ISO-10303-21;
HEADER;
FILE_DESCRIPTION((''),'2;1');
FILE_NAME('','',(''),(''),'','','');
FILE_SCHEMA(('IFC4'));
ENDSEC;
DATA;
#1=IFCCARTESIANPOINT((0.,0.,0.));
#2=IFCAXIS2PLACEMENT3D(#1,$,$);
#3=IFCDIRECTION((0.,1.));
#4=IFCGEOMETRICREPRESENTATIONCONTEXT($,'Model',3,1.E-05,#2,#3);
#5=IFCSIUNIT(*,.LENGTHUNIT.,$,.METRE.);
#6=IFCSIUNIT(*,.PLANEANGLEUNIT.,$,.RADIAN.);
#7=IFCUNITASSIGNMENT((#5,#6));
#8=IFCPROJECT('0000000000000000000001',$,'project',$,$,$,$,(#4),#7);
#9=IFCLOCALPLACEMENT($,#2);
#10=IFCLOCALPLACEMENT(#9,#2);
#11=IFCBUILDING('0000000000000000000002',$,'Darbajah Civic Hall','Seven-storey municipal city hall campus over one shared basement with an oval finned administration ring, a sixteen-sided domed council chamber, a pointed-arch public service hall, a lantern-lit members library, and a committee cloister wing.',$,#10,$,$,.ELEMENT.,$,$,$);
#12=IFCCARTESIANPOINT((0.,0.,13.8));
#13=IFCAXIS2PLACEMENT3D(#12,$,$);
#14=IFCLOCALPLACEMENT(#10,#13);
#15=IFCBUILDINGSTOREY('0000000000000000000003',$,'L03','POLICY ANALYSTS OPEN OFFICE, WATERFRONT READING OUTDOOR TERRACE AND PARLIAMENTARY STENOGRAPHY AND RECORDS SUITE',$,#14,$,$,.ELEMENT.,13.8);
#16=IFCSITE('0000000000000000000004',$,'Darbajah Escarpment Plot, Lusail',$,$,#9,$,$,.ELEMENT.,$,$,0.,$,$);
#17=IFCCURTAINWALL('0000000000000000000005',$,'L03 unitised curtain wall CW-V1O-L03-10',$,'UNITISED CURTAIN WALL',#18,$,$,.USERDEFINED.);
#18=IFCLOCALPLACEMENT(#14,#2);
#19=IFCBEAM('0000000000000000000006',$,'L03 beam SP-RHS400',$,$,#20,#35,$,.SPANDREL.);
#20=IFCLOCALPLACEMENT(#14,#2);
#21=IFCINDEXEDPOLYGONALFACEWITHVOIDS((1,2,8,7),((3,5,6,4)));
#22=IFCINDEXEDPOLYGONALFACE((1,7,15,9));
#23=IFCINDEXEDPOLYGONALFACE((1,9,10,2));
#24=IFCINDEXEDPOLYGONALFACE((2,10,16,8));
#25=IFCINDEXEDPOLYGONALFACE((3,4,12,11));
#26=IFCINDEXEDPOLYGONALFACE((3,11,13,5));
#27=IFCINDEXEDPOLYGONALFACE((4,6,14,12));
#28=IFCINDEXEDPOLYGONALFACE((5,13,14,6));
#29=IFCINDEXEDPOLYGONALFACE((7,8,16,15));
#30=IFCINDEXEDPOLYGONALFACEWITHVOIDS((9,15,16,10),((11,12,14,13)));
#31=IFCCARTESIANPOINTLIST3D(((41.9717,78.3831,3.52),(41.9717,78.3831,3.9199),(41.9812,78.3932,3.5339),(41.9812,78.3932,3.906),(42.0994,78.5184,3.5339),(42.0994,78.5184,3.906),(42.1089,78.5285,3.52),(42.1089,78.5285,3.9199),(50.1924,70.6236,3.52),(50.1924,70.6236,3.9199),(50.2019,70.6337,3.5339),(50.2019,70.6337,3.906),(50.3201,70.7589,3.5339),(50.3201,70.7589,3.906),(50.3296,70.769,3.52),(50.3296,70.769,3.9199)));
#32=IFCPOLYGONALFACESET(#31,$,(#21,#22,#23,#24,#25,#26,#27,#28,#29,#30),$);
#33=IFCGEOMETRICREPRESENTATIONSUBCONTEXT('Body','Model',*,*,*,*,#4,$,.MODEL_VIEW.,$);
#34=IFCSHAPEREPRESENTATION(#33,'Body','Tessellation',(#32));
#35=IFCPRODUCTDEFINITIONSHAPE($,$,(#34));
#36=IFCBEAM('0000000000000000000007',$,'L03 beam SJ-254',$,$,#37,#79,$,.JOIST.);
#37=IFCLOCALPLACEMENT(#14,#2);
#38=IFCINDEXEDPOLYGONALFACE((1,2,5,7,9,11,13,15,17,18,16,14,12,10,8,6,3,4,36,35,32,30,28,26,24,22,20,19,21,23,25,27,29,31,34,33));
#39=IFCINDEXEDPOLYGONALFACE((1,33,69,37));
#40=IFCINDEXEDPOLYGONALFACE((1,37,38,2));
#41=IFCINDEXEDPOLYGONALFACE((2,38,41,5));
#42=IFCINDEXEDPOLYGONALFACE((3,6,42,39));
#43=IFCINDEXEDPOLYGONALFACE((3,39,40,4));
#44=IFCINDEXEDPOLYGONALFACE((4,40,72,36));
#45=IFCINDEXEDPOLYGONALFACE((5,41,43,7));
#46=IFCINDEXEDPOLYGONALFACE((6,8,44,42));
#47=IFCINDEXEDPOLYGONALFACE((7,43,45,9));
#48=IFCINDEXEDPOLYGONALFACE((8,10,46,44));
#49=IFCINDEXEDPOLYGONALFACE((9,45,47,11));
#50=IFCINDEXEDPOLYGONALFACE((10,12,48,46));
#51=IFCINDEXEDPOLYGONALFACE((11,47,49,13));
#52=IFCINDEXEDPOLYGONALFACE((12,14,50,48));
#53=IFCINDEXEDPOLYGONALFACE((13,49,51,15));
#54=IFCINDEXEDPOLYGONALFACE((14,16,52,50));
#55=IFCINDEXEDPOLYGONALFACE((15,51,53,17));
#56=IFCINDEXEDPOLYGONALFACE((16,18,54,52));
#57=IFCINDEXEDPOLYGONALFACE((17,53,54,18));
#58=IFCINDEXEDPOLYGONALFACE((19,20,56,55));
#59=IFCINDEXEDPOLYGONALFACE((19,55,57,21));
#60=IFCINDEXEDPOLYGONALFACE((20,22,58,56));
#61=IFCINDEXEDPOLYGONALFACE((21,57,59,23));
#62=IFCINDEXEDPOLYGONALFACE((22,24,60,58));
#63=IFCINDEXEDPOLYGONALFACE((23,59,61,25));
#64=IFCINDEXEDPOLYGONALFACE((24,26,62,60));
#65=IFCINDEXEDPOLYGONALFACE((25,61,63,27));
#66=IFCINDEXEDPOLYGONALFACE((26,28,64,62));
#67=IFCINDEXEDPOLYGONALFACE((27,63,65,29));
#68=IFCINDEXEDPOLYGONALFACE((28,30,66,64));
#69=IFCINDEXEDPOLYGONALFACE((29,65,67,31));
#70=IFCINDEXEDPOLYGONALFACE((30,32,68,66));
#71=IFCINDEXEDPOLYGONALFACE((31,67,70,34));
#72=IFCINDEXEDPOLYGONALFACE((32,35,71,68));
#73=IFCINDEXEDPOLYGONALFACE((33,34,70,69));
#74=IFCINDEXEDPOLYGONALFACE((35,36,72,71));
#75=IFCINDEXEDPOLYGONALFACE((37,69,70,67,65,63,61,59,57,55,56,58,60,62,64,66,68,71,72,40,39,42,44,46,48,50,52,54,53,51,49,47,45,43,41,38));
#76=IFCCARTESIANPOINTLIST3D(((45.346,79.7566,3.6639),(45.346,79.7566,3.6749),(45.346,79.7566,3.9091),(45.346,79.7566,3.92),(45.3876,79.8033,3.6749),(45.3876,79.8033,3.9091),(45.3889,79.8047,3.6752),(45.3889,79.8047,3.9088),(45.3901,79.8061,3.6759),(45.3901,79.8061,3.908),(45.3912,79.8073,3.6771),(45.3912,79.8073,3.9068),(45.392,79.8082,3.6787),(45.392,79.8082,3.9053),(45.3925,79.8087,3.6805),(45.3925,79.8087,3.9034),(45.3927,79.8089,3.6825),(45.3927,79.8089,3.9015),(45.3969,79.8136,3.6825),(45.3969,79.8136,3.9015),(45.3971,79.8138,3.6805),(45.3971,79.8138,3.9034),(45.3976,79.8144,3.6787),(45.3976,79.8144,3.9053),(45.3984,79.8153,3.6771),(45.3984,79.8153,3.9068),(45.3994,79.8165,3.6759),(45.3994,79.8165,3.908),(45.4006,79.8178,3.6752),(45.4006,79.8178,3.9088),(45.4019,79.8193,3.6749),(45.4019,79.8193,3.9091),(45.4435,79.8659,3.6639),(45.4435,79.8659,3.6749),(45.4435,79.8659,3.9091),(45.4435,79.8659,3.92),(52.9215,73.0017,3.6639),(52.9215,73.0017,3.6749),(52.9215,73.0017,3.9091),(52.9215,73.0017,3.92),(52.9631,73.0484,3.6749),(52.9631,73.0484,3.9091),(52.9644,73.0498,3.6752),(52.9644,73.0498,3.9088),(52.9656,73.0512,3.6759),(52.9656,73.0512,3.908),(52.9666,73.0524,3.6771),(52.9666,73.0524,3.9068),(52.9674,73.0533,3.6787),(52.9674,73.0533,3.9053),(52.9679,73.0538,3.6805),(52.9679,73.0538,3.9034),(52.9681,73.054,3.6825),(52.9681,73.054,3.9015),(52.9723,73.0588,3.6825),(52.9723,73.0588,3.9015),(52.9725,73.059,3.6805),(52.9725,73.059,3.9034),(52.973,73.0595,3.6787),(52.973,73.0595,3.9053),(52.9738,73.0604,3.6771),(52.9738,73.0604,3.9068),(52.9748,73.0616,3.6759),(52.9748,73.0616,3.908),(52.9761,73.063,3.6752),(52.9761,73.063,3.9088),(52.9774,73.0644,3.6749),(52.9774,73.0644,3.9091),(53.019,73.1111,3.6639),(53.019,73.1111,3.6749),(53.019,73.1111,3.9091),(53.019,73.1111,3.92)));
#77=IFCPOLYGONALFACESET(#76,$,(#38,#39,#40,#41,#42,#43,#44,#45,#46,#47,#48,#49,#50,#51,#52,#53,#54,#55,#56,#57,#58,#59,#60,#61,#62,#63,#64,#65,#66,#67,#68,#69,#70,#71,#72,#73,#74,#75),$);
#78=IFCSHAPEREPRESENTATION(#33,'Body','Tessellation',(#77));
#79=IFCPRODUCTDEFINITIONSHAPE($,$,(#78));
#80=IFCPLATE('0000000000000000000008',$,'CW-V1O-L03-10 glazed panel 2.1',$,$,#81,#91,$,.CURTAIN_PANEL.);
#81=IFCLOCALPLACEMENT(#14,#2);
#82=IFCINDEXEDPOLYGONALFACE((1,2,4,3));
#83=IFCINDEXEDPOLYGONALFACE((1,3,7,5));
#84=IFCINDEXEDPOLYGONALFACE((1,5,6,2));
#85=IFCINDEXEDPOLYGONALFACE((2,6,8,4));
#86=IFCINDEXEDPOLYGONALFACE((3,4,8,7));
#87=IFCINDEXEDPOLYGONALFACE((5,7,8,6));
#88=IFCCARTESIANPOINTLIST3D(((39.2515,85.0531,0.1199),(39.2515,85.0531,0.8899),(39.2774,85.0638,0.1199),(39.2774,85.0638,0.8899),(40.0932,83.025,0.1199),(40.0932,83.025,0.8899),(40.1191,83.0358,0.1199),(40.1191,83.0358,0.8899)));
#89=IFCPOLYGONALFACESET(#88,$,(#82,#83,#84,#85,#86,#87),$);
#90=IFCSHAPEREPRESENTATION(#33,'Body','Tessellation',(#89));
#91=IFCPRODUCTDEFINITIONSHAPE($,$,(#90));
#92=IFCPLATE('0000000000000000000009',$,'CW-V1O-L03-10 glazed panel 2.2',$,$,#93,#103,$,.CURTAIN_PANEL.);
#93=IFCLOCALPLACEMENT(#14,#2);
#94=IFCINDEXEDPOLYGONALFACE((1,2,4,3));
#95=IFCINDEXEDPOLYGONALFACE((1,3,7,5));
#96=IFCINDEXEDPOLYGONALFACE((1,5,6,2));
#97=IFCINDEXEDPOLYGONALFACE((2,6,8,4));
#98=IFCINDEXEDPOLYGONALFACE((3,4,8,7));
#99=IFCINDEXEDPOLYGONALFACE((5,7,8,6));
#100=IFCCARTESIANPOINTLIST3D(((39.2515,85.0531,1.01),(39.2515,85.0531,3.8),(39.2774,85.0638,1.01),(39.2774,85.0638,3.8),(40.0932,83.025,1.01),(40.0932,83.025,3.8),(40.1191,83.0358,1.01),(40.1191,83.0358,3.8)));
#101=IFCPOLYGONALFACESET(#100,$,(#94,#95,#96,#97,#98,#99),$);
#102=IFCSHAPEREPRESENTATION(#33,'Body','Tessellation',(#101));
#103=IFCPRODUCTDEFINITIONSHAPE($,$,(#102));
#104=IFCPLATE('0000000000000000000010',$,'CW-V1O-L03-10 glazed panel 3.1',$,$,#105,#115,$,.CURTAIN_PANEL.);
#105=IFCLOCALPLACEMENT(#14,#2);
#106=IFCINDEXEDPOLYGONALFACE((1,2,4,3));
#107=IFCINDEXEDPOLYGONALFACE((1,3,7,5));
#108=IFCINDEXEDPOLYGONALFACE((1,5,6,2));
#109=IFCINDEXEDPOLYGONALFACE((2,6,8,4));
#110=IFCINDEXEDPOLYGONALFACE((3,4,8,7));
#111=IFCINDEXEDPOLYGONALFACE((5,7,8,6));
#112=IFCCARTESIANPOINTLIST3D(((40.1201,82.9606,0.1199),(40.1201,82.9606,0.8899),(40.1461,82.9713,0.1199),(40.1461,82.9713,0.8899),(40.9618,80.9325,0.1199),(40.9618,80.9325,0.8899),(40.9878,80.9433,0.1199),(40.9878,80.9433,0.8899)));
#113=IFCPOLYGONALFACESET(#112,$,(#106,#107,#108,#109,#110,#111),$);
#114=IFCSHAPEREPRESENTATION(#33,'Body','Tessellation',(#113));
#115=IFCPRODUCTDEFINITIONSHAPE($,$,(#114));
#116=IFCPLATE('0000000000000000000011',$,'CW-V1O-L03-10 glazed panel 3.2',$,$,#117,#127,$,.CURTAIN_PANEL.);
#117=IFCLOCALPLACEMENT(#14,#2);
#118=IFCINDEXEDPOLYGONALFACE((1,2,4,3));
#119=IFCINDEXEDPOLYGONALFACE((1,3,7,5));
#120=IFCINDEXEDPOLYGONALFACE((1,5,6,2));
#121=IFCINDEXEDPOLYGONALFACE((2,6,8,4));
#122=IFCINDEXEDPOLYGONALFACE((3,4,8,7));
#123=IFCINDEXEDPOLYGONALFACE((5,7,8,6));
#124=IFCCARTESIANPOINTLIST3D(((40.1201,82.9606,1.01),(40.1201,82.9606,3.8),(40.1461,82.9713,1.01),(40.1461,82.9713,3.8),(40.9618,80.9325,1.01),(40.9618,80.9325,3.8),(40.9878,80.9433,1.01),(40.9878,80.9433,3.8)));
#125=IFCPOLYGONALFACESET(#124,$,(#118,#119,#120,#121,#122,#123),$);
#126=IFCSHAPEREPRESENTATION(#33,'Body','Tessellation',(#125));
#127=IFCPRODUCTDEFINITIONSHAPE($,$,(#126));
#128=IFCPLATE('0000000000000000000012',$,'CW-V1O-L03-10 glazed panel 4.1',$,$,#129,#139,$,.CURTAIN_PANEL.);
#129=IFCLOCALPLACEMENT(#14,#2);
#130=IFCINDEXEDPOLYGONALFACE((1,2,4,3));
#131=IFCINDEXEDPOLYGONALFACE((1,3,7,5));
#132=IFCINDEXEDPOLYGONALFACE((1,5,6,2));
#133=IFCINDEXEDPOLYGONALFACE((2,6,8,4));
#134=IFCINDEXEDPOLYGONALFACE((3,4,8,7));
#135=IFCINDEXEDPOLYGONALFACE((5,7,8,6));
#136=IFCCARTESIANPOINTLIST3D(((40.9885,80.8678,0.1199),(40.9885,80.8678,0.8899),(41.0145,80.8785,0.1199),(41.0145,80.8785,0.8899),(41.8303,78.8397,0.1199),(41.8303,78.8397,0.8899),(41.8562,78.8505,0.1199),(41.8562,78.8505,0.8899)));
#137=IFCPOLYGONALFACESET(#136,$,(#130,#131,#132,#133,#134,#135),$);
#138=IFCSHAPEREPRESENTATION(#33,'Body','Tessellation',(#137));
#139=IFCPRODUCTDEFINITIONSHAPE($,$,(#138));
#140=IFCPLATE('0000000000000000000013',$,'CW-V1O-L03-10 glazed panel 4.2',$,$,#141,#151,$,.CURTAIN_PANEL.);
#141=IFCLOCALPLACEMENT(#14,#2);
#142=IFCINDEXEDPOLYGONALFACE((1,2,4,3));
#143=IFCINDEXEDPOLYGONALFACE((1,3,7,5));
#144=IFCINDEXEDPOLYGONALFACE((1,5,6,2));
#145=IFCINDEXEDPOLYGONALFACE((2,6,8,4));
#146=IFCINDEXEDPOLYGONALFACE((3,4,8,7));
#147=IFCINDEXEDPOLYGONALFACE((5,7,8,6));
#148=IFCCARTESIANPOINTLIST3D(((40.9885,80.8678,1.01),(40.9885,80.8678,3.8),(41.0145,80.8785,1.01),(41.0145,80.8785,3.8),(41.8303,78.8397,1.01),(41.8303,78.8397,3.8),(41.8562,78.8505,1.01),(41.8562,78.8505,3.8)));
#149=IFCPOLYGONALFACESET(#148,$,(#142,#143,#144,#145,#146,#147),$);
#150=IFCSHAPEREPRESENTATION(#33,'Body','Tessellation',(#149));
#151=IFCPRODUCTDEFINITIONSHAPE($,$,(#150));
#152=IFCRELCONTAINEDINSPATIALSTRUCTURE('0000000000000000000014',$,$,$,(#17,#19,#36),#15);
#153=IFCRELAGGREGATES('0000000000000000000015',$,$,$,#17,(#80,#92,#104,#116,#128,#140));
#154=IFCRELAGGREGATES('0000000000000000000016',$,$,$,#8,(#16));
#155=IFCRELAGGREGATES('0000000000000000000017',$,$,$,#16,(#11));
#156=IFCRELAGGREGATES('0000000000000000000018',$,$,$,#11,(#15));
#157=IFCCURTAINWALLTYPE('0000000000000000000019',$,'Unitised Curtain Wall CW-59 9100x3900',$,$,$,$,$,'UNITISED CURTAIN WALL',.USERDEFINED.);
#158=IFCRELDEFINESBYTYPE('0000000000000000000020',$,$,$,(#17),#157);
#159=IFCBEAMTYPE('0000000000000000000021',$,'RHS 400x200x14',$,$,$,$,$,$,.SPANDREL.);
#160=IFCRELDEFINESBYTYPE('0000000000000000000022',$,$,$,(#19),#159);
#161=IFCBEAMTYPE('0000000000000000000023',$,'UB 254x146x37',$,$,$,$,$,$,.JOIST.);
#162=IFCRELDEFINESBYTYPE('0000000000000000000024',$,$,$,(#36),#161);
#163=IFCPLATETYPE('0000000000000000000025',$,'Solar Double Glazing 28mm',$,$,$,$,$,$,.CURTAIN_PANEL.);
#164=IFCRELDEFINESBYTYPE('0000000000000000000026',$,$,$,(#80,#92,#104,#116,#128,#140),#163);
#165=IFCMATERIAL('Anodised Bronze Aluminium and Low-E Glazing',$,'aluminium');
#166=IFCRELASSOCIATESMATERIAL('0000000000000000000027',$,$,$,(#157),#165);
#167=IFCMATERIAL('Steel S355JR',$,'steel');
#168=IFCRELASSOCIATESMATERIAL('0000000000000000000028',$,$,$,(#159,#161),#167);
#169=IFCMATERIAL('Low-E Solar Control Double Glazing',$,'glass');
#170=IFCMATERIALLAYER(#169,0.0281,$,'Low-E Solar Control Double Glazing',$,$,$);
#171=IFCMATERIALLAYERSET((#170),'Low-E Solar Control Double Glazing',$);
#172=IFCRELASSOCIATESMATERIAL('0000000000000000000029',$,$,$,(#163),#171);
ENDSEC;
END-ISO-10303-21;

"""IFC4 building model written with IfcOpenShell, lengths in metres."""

from ifc_helpers import new_model, si_unit, direction, frame, origin, origin_2d, place, context, subcontext, project, spatial, rectangle, hollow_rectangle, i_section, extrude, material, layer, layer_set, material_profile, profile_set, type_object, element, aggregate, save


model = new_model("IFC4")

# Units and contexts
model_context = context("Model", 3, precision=1e-05, world=origin(), true_north=direction((0.0, 1.0)))
body_context = subcontext(model_context, "Body", "Model", "MODEL_VIEW")
ifc_project = project(units=[si_unit("LENGTHUNIT", "METRE"), si_unit("PLANEANGLEUNIT", "RADIAN")], contexts=[model_context])

# Site, building, storey
site_placement = place(None, origin())
site = spatial("IfcSite", under=ifc_project, at=site_placement, Name="Darbajah Escarpment Plot, Lusail", CompositionType="ELEMENT", RefElevation=0.0)
building_placement = place(site_placement, origin())
building = spatial("IfcBuilding", under=site, at=building_placement, Name="Darbajah Civic Hall", Description="Seven-storey municipal city hall campus over one shared basement with an oval finned administration ring, a sixteen-sided domed council chamber, a pointed-arch public service hall, a lantern-lit members library, and a committee cloister wing.", CompositionType="ELEMENT")
storey_placement = place(building_placement, frame((0.0, 0.0, 13.8)))
storey = spatial("IfcBuildingStorey", under=building, at=storey_placement, Name="L03", Description="POLICY ANALYSTS OPEN OFFICE, WATERFRONT READING OUTDOOR TERRACE AND PARLIAMENTARY STENOGRAPHY AND RECORDS SUITE", CompositionType="ELEMENT", Elevation=13.8)

# Curtain wall
ifc_material_1 = material(Name="Anodised Bronze Aluminium and Low-E Glazing", Category="aluminium")
curtain_wall_type = type_object("IfcCurtainWallType", Name="Unitised Curtain Wall CW-59 9100x3900", ElementType="UNITISED CURTAIN WALL", PredefinedType="USERDEFINED", material=ifc_material_1)
curtain_wall_placement = place(storey_placement, origin())
curtain_wall = element("IfcCurtainWall", 1, at=curtain_wall_placement, inside=storey, type_object=curtain_wall_type, Name="L03 unitised curtain wall CW-V1O-L03-10", ObjectType="UNITISED CURTAIN WALL", PredefinedType="USERDEFINED")

# Beams
ifc_material_2 = material(Name="Steel S355JR", Category="steel")
ifc_material_profile_1 = material_profile(ifc_material_2, hollow_rectangle(XDim=0.2, YDim=0.3999, WallThickness=0.0139, at=origin_2d()), Name="RHS 400x200x14")
ifc_profile_set_1 = profile_set([ifc_material_profile_1], Name="Steel S355JR")
beam_type_1 = type_object("IfcBeamType", Name="RHS 400x200x14", PredefinedType="SPANDREL", material=ifc_profile_set_1)
beam_1_placement = place(storey_placement, frame((42.0403, 78.4558, 3.72), z_axis=(0.727211, -0.686414, 0.0), x_axis=(0.686414, 0.727211, 0.0)))
element("IfcBeam", 2, at=beam_1_placement, inside=storey, type_object=beam_type_1, Name="L03 beam SP-RHS400", PredefinedType="SPANDREL", context=body_context, shape_type="SweptSolid", body=[
    extrude(hollow_rectangle(XDim=0.2, YDim=0.3999, WallThickness=0.0139, at=origin_2d()), origin(), (0.0, 0.0, 1.0), 11.3044),
])
ifc_material_profile_2 = material_profile(ifc_material_2, i_section(OverallWidth=0.1465, OverallDepth=0.2561, WebThickness=0.0063, FlangeThickness=0.011, FilletRadius=0.0076, at=origin_2d()), Name="UB 254x146x37")
ifc_profile_set_2 = profile_set([ifc_material_profile_2], Name="Steel S355JR")
beam_type_2 = type_object("IfcBeamType", Name="UB 254x146x37", PredefinedType="JOIST", material=ifc_profile_set_2)
beam_2_placement = place(storey_placement, frame((45.3948, 79.8113, 3.792), z_axis=(0.746373, -0.665528, 0.0), x_axis=(0.665528, 0.746373, 0.0)))
element("IfcBeam", 3, at=beam_2_placement, inside=storey, type_object=beam_type_2, Name="L03 beam SJ-254", PredefinedType="JOIST", context=body_context, shape_type="SweptSolid", body=[
    extrude(i_section(OverallWidth=0.1465, OverallDepth=0.2561, WebThickness=0.0063, FlangeThickness=0.011, FilletRadius=0.0076, at=origin_2d()), origin(), (0.0, 0.0, 1.0), 10.1497),
])

# Plates
ifc_material_3 = material(Name="Low-E Solar Control Double Glazing", Category="glass")
ifc_layer_1 = layer(ifc_material_3, 0.0281, Name="Low-E Solar Control Double Glazing")
ifc_layer_set_1 = layer_set([ifc_layer_1], Name="Low-E Solar Control Double Glazing")
plate_type = type_object("IfcPlateType", Name="Solar Double Glazing 28mm", PredefinedType="CURTAIN_PANEL", material=ifc_layer_set_1)
plate_1_placement = place(storey_placement, frame((39.6853, 84.0444, 0.1199), z_axis=(0.0, 0.0, 1.0), x_axis=(0.383328, -0.923612, 0.0)))
plate_1 = element("IfcPlate", 4, at=plate_1_placement, type_object=plate_type, Name="CW-V1O-L03-10 glazed panel 2.1", PredefinedType="CURTAIN_PANEL", context=body_context, shape_type="SweptSolid", body=[
    extrude(rectangle(XDim=2.1958, YDim=0.0281, at=origin_2d()), origin(), (0.0, 0.0, 1.0), 0.77),
])
plate_2_placement = place(storey_placement, frame((39.6853, 84.0444, 1.01), z_axis=(0.0, 0.0, 1.0), x_axis=(0.383328, -0.923612, 0.0)))
plate_2 = element("IfcPlate", 5, at=plate_2_placement, type_object=plate_type, Name="CW-V1O-L03-10 glazed panel 2.2", PredefinedType="CURTAIN_PANEL", context=body_context, shape_type="SweptSolid", body=[
    extrude(rectangle(XDim=2.1958, YDim=0.0281, at=origin_2d()), origin(), (0.0, 0.0, 1.0), 2.79),
])
plate_3_placement = place(storey_placement, frame((40.554, 81.9519, 0.1199), z_axis=(0.0, 0.0, 1.0), x_axis=(0.383328, -0.923612, 0.0)))
plate_3 = element("IfcPlate", 6, at=plate_3_placement, type_object=plate_type, Name="CW-V1O-L03-10 glazed panel 3.1", PredefinedType="CURTAIN_PANEL", context=body_context, shape_type="SweptSolid", body=[
    extrude(rectangle(XDim=2.1958, YDim=0.0281, at=origin_2d()), origin(), (0.0, 0.0, 1.0), 0.77),
])
plate_4_placement = place(storey_placement, frame((40.554, 81.9519, 1.01), z_axis=(0.0, 0.0, 1.0), x_axis=(0.383328, -0.923612, 0.0)))
plate_4 = element("IfcPlate", 7, at=plate_4_placement, type_object=plate_type, Name="CW-V1O-L03-10 glazed panel 3.2", PredefinedType="CURTAIN_PANEL", context=body_context, shape_type="SweptSolid", body=[
    extrude(rectangle(XDim=2.1958, YDim=0.0281, at=origin_2d()), origin(), (0.0, 0.0, 1.0), 2.79),
])
plate_5_placement = place(storey_placement, frame((41.4224, 79.8591, 0.1199), z_axis=(0.0, 0.0, 1.0), x_axis=(0.383328, -0.923612, 0.0)))
plate_5 = element("IfcPlate", 8, at=plate_5_placement, type_object=plate_type, Name="CW-V1O-L03-10 glazed panel 4.1", PredefinedType="CURTAIN_PANEL", context=body_context, shape_type="SweptSolid", body=[
    extrude(rectangle(XDim=2.1958, YDim=0.0281, at=origin_2d()), origin(), (0.0, 0.0, 1.0), 0.77),
])
plate_6_placement = place(storey_placement, frame((41.4224, 79.8591, 1.01), z_axis=(0.0, 0.0, 1.0), x_axis=(0.383328, -0.923612, 0.0)))
plate_6 = element("IfcPlate", 9, at=plate_6_placement, type_object=plate_type, Name="CW-V1O-L03-10 glazed panel 4.2", PredefinedType="CURTAIN_PANEL", context=body_context, shape_type="SweptSolid", body=[
    extrude(rectangle(XDim=2.1958, YDim=0.0281, at=origin_2d()), origin(), (0.0, 0.0, 1.0), 2.79),
])
aggregate(curtain_wall, [plate_1, plate_2, plate_3, plate_4, plate_5, plate_6])

save(model, "model.ifc")
